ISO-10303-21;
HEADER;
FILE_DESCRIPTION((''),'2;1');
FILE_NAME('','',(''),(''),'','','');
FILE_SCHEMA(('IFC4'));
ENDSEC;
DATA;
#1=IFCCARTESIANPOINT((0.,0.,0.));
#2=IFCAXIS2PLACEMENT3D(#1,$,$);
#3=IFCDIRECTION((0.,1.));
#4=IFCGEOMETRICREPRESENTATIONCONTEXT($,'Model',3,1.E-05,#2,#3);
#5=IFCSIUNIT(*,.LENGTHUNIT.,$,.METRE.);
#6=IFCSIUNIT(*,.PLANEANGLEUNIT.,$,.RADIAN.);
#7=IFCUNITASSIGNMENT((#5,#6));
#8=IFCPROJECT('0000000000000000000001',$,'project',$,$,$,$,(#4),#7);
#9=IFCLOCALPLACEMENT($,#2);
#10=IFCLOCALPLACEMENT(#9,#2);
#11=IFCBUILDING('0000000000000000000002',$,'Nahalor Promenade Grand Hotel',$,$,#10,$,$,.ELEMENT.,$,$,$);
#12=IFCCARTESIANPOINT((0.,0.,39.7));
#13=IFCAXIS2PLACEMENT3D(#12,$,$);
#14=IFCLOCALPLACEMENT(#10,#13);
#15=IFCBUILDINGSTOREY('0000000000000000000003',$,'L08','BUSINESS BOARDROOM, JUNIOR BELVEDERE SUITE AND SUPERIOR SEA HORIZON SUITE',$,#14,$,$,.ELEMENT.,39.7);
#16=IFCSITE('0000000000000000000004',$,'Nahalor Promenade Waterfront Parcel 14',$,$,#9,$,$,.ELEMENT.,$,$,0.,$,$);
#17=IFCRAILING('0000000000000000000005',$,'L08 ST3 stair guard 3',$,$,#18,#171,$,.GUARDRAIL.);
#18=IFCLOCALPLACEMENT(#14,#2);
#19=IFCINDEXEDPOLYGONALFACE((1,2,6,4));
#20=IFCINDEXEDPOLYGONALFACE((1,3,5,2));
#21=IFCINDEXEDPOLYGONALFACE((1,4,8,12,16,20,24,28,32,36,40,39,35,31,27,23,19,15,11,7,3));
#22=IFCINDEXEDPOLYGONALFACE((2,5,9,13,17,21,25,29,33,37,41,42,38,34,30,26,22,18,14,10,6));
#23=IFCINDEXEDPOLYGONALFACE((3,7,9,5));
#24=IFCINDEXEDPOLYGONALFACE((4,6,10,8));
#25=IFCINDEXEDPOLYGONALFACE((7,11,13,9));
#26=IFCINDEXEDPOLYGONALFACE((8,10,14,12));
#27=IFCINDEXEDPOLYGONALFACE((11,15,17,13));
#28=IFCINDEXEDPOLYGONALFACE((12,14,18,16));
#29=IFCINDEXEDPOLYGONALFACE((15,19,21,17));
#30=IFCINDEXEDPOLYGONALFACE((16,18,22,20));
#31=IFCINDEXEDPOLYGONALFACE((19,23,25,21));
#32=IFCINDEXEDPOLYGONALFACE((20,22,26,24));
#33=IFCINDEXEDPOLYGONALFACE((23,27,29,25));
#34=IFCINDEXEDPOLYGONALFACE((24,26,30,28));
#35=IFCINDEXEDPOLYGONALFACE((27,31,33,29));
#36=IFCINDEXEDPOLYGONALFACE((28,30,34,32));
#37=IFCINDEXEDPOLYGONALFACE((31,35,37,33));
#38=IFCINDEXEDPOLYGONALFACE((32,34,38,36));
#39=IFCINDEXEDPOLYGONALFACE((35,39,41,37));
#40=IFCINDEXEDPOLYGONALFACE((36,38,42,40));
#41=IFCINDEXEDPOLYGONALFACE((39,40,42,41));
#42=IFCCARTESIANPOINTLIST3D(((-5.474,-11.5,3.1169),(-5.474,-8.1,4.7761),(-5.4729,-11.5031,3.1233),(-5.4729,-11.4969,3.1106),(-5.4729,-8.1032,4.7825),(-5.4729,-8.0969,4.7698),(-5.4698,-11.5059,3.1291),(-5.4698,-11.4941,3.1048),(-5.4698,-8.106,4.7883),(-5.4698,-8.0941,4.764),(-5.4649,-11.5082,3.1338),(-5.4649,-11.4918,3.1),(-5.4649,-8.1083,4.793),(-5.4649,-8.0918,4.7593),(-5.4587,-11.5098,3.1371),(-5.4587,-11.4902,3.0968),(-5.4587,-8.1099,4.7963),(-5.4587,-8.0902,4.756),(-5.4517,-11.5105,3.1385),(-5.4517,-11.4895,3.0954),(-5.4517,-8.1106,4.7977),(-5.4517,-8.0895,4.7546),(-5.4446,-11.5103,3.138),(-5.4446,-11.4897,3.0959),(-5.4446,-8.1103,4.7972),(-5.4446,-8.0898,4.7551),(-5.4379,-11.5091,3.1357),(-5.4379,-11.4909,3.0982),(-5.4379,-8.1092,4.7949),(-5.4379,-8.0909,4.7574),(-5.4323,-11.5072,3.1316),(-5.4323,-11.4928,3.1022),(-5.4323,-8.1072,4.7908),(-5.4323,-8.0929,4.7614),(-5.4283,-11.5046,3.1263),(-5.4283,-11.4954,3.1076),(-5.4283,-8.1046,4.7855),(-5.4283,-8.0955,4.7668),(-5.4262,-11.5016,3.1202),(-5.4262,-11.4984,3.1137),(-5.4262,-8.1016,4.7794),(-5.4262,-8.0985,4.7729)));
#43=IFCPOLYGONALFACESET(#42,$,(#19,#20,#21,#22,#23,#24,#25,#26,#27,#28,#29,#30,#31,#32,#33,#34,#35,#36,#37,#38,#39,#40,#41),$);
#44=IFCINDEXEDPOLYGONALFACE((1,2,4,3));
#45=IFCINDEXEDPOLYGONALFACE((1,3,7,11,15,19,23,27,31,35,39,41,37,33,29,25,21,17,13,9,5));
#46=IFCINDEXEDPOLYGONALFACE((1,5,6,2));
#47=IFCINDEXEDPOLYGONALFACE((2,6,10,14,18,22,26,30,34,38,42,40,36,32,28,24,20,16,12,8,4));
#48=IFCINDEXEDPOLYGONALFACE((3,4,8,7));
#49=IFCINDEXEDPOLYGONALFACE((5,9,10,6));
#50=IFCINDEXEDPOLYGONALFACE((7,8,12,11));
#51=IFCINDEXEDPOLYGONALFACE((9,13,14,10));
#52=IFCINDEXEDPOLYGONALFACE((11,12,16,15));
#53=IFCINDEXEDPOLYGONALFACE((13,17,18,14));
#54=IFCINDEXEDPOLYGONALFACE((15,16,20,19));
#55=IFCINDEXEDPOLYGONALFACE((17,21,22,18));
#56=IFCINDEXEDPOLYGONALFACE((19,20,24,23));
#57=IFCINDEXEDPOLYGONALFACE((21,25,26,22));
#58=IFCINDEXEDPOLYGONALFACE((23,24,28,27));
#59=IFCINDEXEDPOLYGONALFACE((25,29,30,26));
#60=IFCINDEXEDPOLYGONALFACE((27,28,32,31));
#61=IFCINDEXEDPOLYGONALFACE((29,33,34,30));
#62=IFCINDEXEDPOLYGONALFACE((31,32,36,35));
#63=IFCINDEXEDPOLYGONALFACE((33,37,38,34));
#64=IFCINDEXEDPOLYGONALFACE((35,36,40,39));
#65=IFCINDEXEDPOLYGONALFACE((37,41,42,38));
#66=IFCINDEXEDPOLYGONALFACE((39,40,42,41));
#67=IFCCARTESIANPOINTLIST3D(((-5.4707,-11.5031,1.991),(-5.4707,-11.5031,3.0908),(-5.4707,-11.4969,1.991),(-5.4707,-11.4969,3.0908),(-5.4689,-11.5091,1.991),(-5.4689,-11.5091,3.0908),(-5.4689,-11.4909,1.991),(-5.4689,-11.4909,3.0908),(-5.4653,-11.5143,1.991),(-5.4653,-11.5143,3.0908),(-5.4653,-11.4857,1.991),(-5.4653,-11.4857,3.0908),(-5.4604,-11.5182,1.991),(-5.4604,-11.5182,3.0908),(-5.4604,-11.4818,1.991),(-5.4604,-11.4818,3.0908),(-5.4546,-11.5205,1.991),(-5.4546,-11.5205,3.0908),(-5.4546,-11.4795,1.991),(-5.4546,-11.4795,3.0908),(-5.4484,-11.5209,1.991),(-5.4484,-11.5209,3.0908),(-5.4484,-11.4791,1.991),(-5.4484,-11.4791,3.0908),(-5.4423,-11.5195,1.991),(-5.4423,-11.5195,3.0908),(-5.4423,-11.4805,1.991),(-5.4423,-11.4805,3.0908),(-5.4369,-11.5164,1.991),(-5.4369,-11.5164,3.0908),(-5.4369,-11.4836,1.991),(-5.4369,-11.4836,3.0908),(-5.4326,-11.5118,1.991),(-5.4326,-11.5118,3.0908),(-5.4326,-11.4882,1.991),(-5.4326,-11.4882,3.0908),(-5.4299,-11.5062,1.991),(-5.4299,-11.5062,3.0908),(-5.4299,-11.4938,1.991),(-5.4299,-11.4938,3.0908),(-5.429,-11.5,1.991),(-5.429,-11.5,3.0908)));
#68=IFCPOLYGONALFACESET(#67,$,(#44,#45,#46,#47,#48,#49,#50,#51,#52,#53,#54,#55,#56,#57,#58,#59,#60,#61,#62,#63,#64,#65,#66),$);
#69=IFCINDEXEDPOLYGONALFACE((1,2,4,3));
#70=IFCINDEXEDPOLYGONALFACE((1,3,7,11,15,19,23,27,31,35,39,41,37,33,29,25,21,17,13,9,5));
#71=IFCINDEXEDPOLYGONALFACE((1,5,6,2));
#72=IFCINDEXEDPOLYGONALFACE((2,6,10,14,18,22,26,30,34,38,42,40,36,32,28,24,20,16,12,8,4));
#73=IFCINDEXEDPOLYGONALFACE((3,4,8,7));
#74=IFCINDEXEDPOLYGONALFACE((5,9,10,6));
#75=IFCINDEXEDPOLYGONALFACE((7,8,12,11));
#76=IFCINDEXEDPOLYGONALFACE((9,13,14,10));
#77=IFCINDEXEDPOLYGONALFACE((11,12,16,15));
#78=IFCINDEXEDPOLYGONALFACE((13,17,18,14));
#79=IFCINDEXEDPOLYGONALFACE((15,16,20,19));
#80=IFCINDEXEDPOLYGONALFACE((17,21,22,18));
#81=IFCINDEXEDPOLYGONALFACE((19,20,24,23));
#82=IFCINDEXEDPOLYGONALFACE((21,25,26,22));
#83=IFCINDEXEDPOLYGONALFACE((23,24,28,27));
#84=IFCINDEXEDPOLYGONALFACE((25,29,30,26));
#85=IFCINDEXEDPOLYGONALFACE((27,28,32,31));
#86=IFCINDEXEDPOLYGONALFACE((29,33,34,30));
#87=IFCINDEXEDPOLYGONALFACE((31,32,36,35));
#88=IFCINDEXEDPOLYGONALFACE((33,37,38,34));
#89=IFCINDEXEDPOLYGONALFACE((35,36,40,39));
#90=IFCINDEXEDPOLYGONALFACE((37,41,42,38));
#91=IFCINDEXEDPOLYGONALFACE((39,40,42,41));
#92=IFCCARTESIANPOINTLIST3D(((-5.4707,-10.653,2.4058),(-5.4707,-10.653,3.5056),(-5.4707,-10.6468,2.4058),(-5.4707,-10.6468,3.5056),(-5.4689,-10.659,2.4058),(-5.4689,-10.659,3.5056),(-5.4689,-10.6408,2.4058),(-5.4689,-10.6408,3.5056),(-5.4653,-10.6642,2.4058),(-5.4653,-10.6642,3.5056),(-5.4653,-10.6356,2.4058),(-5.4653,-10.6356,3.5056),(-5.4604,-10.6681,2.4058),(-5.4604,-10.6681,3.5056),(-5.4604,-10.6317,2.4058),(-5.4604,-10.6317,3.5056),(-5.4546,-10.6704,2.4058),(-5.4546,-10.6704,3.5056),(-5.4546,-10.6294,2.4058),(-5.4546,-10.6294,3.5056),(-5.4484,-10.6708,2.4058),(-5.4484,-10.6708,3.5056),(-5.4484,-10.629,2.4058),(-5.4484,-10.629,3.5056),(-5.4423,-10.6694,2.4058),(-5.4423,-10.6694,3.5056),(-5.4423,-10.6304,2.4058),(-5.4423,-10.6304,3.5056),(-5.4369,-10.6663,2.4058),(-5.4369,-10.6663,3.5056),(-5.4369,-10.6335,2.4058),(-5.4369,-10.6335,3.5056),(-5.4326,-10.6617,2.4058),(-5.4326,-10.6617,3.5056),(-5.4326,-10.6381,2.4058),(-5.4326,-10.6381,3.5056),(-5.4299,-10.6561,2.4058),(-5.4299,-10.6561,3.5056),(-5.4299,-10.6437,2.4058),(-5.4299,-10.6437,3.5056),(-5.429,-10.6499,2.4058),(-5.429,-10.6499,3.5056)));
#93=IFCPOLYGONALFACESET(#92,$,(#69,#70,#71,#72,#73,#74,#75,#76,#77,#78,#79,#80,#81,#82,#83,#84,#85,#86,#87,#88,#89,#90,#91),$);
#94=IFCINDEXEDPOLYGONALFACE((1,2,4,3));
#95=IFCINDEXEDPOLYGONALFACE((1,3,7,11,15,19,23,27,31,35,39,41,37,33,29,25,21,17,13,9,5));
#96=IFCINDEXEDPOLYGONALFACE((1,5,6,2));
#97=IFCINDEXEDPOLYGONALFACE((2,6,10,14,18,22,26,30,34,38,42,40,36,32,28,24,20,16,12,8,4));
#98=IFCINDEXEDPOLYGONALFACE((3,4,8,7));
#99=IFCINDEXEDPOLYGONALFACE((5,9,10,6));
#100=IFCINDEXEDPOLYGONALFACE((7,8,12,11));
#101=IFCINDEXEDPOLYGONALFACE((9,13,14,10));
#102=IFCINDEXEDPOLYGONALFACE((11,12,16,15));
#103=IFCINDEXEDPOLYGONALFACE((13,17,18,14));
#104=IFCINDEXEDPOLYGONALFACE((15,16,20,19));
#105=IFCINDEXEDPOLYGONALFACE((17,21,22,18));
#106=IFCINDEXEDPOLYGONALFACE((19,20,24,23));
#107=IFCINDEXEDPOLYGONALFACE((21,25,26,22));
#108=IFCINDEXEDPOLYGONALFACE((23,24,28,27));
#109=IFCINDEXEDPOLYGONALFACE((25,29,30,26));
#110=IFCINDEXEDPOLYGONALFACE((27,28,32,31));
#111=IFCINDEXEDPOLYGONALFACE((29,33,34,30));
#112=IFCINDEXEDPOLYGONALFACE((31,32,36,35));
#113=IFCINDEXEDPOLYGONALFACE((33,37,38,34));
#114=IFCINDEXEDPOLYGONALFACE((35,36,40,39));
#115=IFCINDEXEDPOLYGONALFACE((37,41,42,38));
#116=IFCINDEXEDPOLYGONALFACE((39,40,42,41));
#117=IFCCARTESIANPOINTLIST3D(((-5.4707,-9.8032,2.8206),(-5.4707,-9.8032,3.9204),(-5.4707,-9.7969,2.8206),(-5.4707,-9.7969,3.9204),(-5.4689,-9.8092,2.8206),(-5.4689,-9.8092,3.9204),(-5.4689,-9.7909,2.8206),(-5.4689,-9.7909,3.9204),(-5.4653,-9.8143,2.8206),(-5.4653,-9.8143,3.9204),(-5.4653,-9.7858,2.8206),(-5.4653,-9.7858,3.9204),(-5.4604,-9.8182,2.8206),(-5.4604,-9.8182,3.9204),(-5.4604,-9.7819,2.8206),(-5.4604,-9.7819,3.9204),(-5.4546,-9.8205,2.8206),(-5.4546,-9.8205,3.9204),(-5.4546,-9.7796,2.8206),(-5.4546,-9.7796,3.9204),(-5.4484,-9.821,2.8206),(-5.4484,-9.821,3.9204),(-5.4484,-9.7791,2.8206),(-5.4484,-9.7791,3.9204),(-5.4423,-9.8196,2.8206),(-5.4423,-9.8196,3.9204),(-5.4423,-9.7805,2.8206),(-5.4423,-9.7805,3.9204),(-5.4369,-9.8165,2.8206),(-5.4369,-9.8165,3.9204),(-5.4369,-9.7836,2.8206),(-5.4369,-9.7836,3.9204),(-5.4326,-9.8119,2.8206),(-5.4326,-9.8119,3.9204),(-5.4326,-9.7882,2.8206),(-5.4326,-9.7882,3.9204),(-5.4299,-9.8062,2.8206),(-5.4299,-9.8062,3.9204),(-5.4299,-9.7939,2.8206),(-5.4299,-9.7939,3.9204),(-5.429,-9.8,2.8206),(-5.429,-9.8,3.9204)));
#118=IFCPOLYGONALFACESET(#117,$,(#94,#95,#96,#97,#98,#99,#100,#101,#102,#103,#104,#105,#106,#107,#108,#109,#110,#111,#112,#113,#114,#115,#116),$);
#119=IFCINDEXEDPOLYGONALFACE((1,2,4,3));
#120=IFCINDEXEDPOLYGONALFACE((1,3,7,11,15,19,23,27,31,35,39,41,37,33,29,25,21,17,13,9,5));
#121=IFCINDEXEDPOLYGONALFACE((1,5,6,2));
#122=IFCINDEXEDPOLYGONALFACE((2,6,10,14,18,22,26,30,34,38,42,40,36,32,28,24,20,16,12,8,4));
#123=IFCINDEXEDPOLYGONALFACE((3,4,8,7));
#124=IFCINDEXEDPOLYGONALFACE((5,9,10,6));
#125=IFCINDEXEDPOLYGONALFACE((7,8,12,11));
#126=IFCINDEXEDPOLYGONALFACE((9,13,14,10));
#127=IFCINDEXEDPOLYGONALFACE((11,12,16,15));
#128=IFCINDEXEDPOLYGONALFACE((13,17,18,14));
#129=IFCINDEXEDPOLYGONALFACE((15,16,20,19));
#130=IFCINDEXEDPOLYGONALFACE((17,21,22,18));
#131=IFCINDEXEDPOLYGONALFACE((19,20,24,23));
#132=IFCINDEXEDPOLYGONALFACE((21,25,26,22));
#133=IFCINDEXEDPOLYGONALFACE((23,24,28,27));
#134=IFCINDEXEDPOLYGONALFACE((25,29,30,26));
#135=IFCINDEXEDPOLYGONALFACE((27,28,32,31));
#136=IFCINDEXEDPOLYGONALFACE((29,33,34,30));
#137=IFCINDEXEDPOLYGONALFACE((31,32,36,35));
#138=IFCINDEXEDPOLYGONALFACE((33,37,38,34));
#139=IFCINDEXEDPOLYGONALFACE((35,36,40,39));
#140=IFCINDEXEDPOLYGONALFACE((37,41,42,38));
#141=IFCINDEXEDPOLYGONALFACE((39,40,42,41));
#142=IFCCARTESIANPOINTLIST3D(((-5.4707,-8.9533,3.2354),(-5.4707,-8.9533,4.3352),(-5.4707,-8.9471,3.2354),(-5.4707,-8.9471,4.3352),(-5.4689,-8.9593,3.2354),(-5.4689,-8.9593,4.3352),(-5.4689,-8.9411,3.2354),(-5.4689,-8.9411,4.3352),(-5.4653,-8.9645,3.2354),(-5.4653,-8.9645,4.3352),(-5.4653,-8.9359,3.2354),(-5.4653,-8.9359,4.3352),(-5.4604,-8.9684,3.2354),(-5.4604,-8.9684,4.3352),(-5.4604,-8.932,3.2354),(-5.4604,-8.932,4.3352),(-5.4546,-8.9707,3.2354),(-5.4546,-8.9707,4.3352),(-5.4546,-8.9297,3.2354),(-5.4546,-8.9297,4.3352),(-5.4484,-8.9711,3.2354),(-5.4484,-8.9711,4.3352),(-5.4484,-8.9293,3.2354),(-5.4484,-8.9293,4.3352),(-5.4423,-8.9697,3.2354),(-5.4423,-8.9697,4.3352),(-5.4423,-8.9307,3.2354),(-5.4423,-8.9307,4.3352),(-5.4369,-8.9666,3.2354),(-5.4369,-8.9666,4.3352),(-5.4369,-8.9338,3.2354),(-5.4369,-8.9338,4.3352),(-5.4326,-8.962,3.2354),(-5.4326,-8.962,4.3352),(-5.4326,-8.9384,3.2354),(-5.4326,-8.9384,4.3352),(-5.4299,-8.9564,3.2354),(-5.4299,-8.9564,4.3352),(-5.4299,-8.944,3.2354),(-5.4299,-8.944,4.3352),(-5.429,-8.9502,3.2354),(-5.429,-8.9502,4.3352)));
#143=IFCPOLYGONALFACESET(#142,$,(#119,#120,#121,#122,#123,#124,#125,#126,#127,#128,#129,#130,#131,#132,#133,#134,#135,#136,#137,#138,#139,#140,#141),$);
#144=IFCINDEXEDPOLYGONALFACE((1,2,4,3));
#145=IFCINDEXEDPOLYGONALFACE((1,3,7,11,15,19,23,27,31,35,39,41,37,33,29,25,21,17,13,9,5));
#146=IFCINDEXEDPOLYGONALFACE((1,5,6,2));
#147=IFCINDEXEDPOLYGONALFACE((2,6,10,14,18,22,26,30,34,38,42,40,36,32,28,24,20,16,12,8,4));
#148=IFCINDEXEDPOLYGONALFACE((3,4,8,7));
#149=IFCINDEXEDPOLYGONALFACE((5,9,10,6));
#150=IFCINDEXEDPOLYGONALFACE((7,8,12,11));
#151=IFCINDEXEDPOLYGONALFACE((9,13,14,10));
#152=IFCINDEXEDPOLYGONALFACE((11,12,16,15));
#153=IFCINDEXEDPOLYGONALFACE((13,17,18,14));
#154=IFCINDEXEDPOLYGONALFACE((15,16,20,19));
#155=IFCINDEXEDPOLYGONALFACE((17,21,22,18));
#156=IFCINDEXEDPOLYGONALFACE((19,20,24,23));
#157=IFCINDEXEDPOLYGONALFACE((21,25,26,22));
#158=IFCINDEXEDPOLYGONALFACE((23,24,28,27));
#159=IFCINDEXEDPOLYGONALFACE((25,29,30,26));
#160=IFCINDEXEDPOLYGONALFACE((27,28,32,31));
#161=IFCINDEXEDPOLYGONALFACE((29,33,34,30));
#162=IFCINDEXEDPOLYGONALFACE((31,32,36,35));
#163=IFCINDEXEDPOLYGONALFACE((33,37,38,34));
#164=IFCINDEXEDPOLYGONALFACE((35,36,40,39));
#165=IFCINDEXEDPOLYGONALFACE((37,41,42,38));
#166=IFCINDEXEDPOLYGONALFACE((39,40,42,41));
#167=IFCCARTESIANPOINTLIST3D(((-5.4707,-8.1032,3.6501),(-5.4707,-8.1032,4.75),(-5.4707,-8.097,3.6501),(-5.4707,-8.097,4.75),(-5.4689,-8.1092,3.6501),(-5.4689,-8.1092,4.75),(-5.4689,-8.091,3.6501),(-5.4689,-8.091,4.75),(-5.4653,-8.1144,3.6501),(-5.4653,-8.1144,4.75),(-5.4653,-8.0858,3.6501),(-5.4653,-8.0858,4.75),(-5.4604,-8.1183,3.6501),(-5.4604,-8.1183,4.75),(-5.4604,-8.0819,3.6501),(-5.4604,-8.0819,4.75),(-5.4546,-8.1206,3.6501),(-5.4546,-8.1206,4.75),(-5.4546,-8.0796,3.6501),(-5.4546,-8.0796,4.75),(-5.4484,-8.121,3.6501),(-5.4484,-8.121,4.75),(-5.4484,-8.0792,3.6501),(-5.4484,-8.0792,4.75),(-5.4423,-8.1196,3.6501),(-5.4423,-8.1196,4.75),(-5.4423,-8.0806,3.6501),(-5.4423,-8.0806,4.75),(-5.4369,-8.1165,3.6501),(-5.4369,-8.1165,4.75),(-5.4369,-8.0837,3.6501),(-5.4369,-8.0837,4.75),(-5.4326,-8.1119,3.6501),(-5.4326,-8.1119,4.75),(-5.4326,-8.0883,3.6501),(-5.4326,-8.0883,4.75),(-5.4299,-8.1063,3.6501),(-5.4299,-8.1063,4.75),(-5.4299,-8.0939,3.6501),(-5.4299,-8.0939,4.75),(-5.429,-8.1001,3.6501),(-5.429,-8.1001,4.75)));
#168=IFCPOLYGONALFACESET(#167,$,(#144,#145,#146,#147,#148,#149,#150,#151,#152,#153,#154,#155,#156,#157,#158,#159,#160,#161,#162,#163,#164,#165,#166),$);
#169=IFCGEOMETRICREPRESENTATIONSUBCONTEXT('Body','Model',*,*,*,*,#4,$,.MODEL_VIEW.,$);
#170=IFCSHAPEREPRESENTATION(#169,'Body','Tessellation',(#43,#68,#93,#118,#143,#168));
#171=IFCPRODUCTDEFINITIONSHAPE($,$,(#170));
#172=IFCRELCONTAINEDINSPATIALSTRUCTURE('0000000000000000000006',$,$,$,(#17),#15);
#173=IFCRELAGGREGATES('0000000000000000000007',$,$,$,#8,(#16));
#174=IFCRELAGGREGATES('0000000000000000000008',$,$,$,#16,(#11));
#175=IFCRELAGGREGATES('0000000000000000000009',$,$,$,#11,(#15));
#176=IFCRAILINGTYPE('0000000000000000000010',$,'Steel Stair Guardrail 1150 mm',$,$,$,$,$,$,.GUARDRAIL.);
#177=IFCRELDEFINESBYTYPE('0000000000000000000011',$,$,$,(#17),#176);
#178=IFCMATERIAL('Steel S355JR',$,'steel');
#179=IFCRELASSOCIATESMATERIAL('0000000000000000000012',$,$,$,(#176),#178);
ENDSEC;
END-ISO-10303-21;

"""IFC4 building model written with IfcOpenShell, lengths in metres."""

from ifc_helpers import new_model, si_unit, direction, frame, origin, origin_2d, place, context, subcontext, project, spatial, circle, extrude, material, type_object, element, save


model = new_model("IFC4")

# Units and contexts
model_context = context("Model", 3, precision=1e-05, world=origin(), true_north=direction((0.0, 1.0)))
body_context = subcontext(model_context, "Body", "Model", "MODEL_VIEW")
ifc_project = project(units=[si_unit("LENGTHUNIT", "METRE"), si_unit("PLANEANGLEUNIT", "RADIAN")], contexts=[model_context])

# Site, building, storey
site_placement = place(None, origin())
site = spatial("IfcSite", under=ifc_project, at=site_placement, Name="Nahalor Promenade Waterfront Parcel 14", CompositionType="ELEMENT", RefElevation=0.0)
building_placement = place(site_placement, origin())
building = spatial("IfcBuilding", under=site, at=building_placement, Name="Nahalor Promenade Grand Hotel", CompositionType="ELEMENT")
storey_placement = place(building_placement, frame((0.0, 0.0, 39.7)))
storey = spatial("IfcBuildingStorey", under=building, at=storey_placement, Name="L08", Description="BUSINESS BOARDROOM, JUNIOR BELVEDERE SUITE AND SUPERIOR SEA HORIZON SUITE", CompositionType="ELEMENT", Elevation=39.7)

# Shared definitions
ifc_material_1 = material(Name="Steel S355JR", Category="steel")

# Railing
railing_type_1 = type_object("IfcRailingType", Name="Steel Stair Guardrail 1150 mm", PredefinedType="GUARDRAIL", material=ifc_material_1)
railing_1_placement = place(storey_placement, frame((-5.45, -11.5, 1.991)))
element("IfcRailing", 1, at=railing_1_placement, inside=storey, type_object=railing_type_1, Name="L08 ST3 stair guard 3", PredefinedType="GUARDRAIL", context=body_context, shape_type="SweptSolid", body=[
    extrude(circle(Radius=0.024, at=origin_2d()), frame((0.0, 0.0, 1.126), z_axis=(0.0, 0.898696, 0.438571), x_axis=(-1.0, 0.0, 0.0)), (0.0, 0.0, 1.0), 3.7832),
    extrude(circle(Radius=0.021, at=origin_2d()), origin(), (0.0, 0.0, 1.0), 1.0999),
    extrude(circle(Radius=0.021, at=origin_2d()), frame((0.0, 0.8501, 0.4148)), (0.0, 0.0, 1.0), 1.0999),
    extrude(circle(Radius=0.021, at=origin_2d()), frame((0.0, 1.7, 0.8296)), (0.0, 0.0, 1.0), 1.0999),
    extrude(circle(Radius=0.021, at=origin_2d()), frame((0.0, 2.5498, 1.2444)), (0.0, 0.0, 1.0), 1.0999),
    extrude(circle(Radius=0.021, at=origin_2d()), frame((0.0, 3.3999, 1.6592)), (0.0, 0.0, 1.0), 1.0999),
])

save(model, "model.ifc")
